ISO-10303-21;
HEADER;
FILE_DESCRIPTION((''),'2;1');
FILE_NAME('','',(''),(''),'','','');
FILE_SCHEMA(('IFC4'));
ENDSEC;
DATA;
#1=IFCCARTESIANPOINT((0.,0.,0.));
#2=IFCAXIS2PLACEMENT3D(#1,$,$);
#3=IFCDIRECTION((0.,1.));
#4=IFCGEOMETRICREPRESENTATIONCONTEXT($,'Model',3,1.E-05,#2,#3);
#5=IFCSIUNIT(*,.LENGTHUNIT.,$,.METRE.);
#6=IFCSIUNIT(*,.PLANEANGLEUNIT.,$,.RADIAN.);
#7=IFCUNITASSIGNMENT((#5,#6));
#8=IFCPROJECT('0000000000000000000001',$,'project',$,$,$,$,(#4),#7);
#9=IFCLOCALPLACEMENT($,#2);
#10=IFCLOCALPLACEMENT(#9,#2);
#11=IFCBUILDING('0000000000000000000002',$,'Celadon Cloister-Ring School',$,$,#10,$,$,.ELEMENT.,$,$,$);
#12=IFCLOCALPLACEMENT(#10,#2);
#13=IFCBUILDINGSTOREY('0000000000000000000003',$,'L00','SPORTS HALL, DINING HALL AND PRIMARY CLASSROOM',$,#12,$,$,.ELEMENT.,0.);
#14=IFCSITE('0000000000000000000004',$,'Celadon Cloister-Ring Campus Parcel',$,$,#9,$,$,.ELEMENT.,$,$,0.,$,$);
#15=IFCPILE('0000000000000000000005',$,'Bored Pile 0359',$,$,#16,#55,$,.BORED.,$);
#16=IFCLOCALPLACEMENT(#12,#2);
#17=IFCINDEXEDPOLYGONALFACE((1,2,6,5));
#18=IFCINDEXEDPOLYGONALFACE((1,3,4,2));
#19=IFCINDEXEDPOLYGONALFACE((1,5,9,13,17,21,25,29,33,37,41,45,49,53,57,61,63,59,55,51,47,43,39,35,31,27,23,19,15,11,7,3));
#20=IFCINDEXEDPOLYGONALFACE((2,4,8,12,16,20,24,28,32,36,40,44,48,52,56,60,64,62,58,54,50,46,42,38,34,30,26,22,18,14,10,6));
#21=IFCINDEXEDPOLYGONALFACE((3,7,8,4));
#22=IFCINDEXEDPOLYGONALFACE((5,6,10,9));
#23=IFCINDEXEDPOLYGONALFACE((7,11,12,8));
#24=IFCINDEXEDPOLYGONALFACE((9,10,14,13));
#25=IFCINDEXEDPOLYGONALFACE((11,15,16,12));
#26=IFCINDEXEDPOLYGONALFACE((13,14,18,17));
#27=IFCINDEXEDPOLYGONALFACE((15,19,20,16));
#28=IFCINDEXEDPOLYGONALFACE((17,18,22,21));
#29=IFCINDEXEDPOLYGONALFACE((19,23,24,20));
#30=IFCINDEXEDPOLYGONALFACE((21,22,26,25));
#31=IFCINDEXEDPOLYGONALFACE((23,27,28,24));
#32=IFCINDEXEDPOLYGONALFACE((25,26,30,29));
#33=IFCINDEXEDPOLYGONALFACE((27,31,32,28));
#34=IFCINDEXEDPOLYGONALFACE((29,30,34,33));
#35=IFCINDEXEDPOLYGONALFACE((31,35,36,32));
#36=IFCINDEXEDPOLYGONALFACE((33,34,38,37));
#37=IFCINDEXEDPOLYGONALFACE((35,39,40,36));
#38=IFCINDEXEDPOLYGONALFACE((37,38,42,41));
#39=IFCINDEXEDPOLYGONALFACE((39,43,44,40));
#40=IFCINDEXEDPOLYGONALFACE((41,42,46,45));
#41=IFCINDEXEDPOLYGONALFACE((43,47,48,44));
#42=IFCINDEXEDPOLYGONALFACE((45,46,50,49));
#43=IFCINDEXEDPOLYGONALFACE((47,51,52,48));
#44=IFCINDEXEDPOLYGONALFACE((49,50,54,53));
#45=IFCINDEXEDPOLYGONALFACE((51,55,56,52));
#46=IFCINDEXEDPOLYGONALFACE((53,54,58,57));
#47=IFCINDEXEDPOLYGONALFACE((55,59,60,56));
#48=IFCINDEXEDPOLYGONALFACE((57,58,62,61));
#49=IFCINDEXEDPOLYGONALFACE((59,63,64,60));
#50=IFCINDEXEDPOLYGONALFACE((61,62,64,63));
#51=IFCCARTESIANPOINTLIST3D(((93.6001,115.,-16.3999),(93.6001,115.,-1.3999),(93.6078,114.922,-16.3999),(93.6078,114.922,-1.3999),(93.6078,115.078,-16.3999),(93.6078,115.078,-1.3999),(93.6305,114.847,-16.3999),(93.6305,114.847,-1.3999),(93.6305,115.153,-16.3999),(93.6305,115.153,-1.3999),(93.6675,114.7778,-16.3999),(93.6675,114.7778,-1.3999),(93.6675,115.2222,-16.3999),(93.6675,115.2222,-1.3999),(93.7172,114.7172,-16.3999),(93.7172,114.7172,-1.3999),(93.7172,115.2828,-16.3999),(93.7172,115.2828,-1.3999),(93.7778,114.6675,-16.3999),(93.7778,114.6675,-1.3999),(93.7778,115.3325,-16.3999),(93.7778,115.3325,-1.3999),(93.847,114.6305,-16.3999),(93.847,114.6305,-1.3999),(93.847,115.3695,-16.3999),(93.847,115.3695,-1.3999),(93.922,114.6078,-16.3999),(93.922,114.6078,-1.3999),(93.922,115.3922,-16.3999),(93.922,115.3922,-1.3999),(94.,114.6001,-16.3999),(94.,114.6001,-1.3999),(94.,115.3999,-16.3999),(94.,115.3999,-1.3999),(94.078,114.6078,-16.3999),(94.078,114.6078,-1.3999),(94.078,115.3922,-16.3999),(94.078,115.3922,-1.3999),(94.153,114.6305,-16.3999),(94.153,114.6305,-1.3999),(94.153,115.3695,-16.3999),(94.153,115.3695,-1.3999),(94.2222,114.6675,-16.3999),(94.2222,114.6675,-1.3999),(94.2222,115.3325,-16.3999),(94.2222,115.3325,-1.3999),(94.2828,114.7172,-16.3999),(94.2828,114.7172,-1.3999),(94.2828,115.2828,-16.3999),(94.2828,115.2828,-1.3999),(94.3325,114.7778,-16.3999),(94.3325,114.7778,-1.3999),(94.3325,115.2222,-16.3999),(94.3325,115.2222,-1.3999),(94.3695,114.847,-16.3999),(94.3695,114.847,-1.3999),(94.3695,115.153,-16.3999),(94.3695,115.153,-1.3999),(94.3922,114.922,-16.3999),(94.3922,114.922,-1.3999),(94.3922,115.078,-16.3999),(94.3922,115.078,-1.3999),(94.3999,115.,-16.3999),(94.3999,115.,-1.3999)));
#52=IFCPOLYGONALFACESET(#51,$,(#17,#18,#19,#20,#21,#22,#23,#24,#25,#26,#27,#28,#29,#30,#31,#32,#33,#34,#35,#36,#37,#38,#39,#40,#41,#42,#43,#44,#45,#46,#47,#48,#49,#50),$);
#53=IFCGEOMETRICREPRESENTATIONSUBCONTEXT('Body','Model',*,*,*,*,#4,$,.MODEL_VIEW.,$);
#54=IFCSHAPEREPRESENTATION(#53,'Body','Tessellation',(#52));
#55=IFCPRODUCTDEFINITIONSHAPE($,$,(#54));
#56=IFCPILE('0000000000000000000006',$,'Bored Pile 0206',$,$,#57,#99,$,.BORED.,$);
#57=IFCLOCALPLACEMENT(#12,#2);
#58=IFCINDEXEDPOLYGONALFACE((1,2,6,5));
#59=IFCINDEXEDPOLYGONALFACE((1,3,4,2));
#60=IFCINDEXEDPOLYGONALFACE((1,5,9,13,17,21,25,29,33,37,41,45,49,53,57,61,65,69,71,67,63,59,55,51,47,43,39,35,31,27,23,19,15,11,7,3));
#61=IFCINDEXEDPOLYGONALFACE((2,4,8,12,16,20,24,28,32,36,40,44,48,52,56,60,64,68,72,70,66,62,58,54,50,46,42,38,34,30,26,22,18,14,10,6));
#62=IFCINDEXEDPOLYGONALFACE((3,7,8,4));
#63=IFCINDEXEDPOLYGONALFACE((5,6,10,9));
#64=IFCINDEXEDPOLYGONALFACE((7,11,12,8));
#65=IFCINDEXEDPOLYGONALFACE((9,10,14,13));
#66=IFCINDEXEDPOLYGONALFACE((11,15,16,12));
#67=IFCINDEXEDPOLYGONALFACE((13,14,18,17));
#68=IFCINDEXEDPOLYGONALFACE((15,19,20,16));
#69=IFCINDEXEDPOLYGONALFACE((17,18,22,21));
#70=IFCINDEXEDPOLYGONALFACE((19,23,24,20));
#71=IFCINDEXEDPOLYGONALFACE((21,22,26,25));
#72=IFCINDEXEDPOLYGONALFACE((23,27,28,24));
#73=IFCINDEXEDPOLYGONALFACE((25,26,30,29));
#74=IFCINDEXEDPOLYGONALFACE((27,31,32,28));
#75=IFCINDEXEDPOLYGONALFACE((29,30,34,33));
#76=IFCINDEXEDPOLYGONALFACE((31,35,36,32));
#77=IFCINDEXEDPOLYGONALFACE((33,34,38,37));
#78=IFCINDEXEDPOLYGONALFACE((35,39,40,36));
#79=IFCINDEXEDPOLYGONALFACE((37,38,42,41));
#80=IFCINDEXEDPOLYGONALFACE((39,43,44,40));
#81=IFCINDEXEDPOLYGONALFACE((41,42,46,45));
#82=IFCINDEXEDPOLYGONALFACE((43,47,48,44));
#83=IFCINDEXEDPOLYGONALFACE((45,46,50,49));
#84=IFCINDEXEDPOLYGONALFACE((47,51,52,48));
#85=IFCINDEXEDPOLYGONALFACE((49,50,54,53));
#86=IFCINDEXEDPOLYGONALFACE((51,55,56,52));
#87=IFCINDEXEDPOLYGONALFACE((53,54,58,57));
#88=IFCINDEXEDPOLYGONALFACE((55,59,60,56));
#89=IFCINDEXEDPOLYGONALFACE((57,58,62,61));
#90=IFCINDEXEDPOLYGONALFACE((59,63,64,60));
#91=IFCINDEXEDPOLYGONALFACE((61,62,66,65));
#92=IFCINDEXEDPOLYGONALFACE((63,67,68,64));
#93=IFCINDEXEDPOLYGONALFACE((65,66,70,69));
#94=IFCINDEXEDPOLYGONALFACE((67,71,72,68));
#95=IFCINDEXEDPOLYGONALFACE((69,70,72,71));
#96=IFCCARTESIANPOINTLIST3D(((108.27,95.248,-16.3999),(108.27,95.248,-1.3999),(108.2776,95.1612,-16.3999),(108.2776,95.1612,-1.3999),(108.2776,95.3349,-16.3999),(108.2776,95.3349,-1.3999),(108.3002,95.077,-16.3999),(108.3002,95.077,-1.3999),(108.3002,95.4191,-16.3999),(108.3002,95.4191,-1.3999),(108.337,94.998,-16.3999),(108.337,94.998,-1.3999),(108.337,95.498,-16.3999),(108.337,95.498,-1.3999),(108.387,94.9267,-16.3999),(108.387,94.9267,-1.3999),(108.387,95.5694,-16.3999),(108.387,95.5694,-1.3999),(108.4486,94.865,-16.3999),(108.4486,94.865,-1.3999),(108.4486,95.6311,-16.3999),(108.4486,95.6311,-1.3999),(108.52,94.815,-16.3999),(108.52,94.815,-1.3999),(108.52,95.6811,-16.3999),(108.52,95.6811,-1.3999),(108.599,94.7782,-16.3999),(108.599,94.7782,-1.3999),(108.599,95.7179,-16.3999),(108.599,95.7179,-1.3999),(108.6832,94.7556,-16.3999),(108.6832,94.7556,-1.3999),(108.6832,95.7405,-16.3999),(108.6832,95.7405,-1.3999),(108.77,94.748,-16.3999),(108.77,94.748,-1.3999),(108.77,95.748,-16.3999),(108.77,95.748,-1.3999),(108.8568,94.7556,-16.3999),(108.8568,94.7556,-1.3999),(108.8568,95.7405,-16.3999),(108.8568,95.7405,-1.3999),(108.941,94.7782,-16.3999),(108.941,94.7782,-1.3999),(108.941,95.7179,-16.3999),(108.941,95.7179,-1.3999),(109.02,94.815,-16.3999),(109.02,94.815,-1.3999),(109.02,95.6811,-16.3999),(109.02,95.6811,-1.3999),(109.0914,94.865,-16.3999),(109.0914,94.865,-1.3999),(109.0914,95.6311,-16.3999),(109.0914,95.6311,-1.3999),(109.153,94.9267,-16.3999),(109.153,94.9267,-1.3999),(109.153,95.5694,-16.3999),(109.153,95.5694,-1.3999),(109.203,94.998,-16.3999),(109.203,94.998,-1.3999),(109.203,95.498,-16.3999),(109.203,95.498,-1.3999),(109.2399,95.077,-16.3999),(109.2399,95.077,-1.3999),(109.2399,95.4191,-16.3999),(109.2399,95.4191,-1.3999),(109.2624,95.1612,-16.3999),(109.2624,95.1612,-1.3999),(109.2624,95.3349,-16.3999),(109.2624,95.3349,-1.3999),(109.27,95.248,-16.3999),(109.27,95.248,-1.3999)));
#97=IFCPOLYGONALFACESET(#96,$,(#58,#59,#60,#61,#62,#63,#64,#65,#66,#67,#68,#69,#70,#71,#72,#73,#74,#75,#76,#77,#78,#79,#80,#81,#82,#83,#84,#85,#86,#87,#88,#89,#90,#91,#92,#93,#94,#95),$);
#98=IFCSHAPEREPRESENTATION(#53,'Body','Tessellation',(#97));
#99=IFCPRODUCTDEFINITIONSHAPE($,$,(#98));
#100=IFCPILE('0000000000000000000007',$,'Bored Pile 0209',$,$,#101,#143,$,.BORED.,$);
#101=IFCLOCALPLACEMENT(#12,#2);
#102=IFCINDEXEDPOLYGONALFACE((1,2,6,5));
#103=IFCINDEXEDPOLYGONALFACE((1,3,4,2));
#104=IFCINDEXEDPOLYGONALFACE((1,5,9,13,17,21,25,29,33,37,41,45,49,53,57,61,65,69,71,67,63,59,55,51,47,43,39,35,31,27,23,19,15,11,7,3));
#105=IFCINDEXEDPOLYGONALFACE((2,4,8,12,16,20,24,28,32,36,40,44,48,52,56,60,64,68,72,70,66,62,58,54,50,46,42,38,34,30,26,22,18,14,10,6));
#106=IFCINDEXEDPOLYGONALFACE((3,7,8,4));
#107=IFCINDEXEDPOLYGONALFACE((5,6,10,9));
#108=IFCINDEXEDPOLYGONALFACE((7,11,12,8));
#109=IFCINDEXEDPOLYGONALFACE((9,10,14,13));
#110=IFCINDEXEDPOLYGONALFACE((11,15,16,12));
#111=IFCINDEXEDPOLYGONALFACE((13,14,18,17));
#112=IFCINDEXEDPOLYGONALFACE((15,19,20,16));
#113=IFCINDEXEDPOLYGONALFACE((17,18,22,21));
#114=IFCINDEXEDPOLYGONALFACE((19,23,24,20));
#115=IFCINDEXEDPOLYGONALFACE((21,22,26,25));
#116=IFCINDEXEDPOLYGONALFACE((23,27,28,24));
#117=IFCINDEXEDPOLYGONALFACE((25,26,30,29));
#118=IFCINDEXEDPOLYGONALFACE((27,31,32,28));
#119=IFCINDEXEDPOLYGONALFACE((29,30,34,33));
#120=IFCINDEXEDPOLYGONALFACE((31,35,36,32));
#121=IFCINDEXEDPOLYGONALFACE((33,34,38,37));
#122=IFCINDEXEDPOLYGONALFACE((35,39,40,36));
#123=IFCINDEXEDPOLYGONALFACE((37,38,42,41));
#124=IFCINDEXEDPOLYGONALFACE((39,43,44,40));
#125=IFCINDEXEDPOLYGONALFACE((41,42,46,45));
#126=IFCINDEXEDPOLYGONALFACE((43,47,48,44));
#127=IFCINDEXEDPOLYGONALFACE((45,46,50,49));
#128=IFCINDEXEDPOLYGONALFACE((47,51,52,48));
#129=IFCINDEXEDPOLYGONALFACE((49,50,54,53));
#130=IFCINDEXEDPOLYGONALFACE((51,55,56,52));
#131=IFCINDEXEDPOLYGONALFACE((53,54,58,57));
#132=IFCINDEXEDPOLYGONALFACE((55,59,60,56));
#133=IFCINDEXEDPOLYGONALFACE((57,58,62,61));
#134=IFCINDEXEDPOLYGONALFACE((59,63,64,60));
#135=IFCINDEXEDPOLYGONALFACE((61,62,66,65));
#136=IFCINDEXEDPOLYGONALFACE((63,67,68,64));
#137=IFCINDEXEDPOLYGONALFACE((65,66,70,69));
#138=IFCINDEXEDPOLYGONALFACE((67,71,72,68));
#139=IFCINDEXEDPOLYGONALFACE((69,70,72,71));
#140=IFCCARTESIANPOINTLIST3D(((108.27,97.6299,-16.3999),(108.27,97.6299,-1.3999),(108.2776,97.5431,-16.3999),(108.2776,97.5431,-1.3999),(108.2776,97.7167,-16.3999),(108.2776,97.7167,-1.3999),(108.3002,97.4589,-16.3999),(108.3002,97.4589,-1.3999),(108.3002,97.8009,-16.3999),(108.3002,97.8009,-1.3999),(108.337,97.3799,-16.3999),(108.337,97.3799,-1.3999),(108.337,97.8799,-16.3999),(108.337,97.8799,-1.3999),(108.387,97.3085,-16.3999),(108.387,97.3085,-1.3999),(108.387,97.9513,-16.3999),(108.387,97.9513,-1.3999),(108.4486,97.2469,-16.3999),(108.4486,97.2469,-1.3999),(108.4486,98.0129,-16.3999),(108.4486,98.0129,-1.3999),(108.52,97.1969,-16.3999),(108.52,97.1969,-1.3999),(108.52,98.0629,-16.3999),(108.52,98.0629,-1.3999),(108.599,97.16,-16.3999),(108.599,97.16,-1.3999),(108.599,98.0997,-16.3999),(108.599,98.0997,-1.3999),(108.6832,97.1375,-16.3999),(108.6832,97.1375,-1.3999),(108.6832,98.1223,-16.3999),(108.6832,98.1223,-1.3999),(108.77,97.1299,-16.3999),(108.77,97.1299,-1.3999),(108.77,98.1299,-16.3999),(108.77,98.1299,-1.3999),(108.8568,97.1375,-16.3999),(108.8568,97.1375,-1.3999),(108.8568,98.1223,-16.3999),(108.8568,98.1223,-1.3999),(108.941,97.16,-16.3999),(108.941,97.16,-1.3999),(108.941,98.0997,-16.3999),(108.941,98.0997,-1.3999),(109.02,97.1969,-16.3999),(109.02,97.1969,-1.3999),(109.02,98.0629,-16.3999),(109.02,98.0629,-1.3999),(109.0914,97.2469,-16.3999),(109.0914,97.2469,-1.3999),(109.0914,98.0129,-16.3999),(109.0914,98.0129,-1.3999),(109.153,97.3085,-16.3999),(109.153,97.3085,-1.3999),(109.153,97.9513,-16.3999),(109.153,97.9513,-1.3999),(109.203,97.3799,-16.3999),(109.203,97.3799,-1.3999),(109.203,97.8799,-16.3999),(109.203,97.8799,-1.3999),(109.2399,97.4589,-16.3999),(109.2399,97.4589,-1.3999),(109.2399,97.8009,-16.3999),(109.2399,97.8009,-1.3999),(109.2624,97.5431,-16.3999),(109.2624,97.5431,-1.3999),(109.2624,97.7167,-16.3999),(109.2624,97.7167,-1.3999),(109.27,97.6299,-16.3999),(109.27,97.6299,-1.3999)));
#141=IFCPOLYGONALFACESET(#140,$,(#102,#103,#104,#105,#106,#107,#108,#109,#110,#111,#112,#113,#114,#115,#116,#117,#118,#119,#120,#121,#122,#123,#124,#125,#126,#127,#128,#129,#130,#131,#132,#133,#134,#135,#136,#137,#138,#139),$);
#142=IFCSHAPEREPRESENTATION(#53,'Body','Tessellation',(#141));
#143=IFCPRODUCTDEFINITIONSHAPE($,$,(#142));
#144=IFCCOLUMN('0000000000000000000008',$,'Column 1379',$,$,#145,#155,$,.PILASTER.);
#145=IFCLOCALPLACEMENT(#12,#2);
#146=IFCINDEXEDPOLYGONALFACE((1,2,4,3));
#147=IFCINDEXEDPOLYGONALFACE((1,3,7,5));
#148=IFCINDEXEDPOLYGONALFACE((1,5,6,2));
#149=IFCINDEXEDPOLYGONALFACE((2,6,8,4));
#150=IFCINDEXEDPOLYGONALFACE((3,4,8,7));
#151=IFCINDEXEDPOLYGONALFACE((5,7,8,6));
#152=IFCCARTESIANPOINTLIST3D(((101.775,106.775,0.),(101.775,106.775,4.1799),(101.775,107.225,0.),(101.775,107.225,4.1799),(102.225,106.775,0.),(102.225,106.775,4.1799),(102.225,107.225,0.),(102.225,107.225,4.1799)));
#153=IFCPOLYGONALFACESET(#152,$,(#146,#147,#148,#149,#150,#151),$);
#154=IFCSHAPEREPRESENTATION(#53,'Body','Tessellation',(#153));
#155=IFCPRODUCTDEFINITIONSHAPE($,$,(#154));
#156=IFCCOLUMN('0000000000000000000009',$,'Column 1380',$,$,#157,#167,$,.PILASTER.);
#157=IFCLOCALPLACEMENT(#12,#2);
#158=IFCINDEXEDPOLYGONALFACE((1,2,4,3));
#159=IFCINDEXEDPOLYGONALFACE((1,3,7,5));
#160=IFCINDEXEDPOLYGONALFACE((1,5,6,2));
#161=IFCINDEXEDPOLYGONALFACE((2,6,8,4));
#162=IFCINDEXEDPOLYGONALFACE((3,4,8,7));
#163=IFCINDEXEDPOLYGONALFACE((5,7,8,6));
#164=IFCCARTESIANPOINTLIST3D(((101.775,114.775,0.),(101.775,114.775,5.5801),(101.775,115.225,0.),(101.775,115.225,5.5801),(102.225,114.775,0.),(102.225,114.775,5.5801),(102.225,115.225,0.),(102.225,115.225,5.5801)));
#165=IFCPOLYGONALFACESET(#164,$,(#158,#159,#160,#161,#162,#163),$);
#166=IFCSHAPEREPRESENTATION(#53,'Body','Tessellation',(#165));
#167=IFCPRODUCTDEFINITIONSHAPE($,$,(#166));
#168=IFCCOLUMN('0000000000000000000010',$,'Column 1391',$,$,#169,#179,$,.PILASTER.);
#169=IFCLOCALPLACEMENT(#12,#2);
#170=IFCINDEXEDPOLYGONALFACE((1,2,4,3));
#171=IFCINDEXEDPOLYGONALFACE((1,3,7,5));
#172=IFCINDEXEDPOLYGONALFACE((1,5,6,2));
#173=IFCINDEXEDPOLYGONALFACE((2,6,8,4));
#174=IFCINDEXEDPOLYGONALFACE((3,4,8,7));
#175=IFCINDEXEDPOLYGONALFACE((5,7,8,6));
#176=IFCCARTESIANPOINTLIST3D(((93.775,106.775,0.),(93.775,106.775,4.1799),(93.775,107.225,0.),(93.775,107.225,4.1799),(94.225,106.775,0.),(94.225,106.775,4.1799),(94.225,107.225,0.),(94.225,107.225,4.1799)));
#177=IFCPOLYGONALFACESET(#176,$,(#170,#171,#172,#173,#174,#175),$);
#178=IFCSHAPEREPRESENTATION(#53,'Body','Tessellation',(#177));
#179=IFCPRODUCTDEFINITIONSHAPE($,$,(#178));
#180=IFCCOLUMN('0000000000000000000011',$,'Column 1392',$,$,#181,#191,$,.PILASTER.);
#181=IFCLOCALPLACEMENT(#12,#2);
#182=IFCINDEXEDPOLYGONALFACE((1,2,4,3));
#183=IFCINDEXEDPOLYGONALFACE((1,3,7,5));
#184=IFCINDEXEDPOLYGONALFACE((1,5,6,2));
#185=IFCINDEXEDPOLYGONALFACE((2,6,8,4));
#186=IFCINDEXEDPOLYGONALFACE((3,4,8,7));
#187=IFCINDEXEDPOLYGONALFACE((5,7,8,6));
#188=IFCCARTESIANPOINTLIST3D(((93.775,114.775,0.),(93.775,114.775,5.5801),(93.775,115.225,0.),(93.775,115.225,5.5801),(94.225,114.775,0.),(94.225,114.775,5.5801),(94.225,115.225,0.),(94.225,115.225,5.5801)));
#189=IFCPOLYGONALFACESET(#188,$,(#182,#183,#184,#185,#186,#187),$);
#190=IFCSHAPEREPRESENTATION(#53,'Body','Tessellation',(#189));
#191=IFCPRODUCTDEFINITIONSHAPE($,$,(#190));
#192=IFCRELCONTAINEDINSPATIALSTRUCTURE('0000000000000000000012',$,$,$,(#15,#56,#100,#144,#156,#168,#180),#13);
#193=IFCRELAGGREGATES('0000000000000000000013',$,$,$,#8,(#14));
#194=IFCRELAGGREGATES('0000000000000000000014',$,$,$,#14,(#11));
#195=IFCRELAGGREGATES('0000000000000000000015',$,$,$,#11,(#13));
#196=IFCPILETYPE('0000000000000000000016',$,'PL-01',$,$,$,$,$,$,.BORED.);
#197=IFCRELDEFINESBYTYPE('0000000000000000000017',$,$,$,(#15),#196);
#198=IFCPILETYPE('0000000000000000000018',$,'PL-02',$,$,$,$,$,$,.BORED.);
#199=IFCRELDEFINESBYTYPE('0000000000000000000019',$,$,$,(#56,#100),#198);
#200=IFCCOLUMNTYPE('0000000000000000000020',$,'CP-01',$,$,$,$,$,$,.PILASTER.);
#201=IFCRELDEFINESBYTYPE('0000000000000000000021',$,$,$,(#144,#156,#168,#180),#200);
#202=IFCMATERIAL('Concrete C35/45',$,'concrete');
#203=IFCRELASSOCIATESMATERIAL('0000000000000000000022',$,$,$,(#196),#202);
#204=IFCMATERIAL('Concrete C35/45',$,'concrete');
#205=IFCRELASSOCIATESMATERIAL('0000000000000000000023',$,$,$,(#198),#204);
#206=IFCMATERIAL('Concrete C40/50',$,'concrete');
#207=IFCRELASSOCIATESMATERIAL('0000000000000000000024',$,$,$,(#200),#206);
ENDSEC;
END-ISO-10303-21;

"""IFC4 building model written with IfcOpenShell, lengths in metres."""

from ifc_helpers import new_model, si_unit, direction, frame, origin, origin_2d, place, context, subcontext, project, spatial, rectangle, circle, extrude, material, material_profile, profile_set, type_object, element, save


model = new_model("IFC4")

# Units and contexts
model_context = context("Model", 3, precision=1e-05, world=origin(), true_north=direction((0.0, 1.0)))
body_context = subcontext(model_context, "Body", "Model", "MODEL_VIEW")
ifc_project = project(units=[si_unit("LENGTHUNIT", "METRE"), si_unit("PLANEANGLEUNIT", "RADIAN")], contexts=[model_context])

# Site, building, storey
site_placement = place(None, origin())
site = spatial("IfcSite", under=ifc_project, at=site_placement, Name="Celadon Cloister-Ring Campus Parcel", CompositionType="ELEMENT", RefElevation=0.0)
building_placement = place(site_placement, origin())
building = spatial("IfcBuilding", under=site, at=building_placement, Name="Celadon Cloister-Ring School", CompositionType="ELEMENT")
storey_placement = place(building_placement, origin())
storey = spatial("IfcBuildingStorey", under=building, at=storey_placement, Name="L00", Description="SPORTS HALL, DINING HALL AND PRIMARY CLASSROOM", CompositionType="ELEMENT", Elevation=0.0)

# Piles
ifc_material_1 = material(Name="Concrete C35/45", Category="concrete")
ifc_material_profile_1 = material_profile(ifc_material_1, circle(Radius=0.3999, at=origin_2d()), Name="PILE800")
ifc_profile_set_1 = profile_set([ifc_material_profile_1], Name="Concrete C35/45")
pile_type_1 = type_object("IfcPileType", Name="PL-01", PredefinedType="BORED", material=ifc_profile_set_1)
for number, where, z_axis, x_axis, name in (
    (1, (94.0, 115.0, -1.3999), (0.0, 0.0, -1.0), (1.0, 0.0, 0.0), "Bored Pile 0359"),
):
    element("IfcPile", number, at=place(storey_placement, frame(where, z_axis=z_axis, x_axis=x_axis)), inside=storey, type_object=pile_type_1, Name=name, PredefinedType="BORED", context=body_context, shape_type="SweptSolid", body=[
        extrude(circle(Radius=0.3999, at=origin_2d()), origin(), (0.0, 0.0, 1.0), 15.0),
    ])
ifc_material_2 = material(Name="Concrete C35/45", Category="concrete")
ifc_material_profile_2 = material_profile(ifc_material_2, circle(Radius=0.5, at=origin_2d()), Name="PILE1000")
ifc_profile_set_2 = profile_set([ifc_material_profile_2], Name="Concrete C35/45")
pile_type_2 = type_object("IfcPileType", Name="PL-02", PredefinedType="BORED", material=ifc_profile_set_2)
for number, where, z_axis, x_axis, name in (
    (2, (108.77, 95.248, -1.3999), (0.0, 0.0, -1.0), (1.0, 0.0, 0.0), "Bored Pile 0206"),
    (3, (108.77, 97.6299, -1.3999), (0.0, 0.0, -1.0), (1.0, 0.0, 0.0), "Bored Pile 0209"),
):
    element("IfcPile", number, at=place(storey_placement, frame(where, z_axis=z_axis, x_axis=x_axis)), inside=storey, type_object=pile_type_2, Name=name, PredefinedType="BORED", context=body_context, shape_type="SweptSolid", body=[
        extrude(circle(Radius=0.5, at=origin_2d()), origin(), (0.0, 0.0, 1.0), 15.0),
    ])

# Columns
ifc_material_3 = material(Name="Concrete C40/50", Category="concrete")
ifc_material_profile_3 = material_profile(ifc_material_3, rectangle(XDim=0.45, YDim=0.45, at=origin_2d()), Name="RC450X450")
ifc_profile_set_3 = profile_set([ifc_material_profile_3], Name="Concrete C40/50")
column_type_1 = type_object("IfcColumnType", Name="CP-01", PredefinedType="PILASTER", material=ifc_profile_set_3)
column_1_placement = place(storey_placement, frame((102.0, 107.0, 0.0), z_axis=(0.0, 0.0, 1.0), x_axis=(1.0, 0.0, 0.0)))
element("IfcColumn", 4, at=column_1_placement, inside=storey, type_object=column_type_1, Name="Column 1379", PredefinedType="PILASTER", context=body_context, shape_type="SweptSolid", body=[
    extrude(rectangle(XDim=0.45, YDim=0.45, at=origin_2d()), origin(), (0.0, 0.0, 1.0), 4.1799),
])
column_2_placement = place(storey_placement, frame((102.0, 115.0, 0.0), z_axis=(0.0, 0.0, 1.0), x_axis=(1.0, 0.0, 0.0)))
element("IfcColumn", 5, at=column_2_placement, inside=storey, type_object=column_type_1, Name="Column 1380", PredefinedType="PILASTER", context=body_context, shape_type="SweptSolid", body=[
    extrude(rectangle(XDim=0.45, YDim=0.45, at=origin_2d()), origin(), (0.0, 0.0, 1.0), 5.5801),
])
column_3_placement = place(storey_placement, frame((94.0, 107.0, 0.0), z_axis=(0.0, 0.0, 1.0), x_axis=(1.0, 0.0, 0.0)))
element("IfcColumn", 6, at=column_3_placement, inside=storey, type_object=column_type_1, Name="Column 1391", PredefinedType="PILASTER", context=body_context, shape_type="SweptSolid", body=[
    extrude(rectangle(XDim=0.45, YDim=0.45, at=origin_2d()), origin(), (0.0, 0.0, 1.0), 4.1799),
])
column_4_placement = place(storey_placement, frame((94.0, 115.0, 0.0), z_axis=(0.0, 0.0, 1.0), x_axis=(1.0, 0.0, 0.0)))
element("IfcColumn", 7, at=column_4_placement, inside=storey, type_object=column_type_1, Name="Column 1392", PredefinedType="PILASTER", context=body_context, shape_type="SweptSolid", body=[
    extrude(rectangle(XDim=0.45, YDim=0.45, at=origin_2d()), origin(), (0.0, 0.0, 1.0), 5.5801),
])

save(model, "model.ifc")
